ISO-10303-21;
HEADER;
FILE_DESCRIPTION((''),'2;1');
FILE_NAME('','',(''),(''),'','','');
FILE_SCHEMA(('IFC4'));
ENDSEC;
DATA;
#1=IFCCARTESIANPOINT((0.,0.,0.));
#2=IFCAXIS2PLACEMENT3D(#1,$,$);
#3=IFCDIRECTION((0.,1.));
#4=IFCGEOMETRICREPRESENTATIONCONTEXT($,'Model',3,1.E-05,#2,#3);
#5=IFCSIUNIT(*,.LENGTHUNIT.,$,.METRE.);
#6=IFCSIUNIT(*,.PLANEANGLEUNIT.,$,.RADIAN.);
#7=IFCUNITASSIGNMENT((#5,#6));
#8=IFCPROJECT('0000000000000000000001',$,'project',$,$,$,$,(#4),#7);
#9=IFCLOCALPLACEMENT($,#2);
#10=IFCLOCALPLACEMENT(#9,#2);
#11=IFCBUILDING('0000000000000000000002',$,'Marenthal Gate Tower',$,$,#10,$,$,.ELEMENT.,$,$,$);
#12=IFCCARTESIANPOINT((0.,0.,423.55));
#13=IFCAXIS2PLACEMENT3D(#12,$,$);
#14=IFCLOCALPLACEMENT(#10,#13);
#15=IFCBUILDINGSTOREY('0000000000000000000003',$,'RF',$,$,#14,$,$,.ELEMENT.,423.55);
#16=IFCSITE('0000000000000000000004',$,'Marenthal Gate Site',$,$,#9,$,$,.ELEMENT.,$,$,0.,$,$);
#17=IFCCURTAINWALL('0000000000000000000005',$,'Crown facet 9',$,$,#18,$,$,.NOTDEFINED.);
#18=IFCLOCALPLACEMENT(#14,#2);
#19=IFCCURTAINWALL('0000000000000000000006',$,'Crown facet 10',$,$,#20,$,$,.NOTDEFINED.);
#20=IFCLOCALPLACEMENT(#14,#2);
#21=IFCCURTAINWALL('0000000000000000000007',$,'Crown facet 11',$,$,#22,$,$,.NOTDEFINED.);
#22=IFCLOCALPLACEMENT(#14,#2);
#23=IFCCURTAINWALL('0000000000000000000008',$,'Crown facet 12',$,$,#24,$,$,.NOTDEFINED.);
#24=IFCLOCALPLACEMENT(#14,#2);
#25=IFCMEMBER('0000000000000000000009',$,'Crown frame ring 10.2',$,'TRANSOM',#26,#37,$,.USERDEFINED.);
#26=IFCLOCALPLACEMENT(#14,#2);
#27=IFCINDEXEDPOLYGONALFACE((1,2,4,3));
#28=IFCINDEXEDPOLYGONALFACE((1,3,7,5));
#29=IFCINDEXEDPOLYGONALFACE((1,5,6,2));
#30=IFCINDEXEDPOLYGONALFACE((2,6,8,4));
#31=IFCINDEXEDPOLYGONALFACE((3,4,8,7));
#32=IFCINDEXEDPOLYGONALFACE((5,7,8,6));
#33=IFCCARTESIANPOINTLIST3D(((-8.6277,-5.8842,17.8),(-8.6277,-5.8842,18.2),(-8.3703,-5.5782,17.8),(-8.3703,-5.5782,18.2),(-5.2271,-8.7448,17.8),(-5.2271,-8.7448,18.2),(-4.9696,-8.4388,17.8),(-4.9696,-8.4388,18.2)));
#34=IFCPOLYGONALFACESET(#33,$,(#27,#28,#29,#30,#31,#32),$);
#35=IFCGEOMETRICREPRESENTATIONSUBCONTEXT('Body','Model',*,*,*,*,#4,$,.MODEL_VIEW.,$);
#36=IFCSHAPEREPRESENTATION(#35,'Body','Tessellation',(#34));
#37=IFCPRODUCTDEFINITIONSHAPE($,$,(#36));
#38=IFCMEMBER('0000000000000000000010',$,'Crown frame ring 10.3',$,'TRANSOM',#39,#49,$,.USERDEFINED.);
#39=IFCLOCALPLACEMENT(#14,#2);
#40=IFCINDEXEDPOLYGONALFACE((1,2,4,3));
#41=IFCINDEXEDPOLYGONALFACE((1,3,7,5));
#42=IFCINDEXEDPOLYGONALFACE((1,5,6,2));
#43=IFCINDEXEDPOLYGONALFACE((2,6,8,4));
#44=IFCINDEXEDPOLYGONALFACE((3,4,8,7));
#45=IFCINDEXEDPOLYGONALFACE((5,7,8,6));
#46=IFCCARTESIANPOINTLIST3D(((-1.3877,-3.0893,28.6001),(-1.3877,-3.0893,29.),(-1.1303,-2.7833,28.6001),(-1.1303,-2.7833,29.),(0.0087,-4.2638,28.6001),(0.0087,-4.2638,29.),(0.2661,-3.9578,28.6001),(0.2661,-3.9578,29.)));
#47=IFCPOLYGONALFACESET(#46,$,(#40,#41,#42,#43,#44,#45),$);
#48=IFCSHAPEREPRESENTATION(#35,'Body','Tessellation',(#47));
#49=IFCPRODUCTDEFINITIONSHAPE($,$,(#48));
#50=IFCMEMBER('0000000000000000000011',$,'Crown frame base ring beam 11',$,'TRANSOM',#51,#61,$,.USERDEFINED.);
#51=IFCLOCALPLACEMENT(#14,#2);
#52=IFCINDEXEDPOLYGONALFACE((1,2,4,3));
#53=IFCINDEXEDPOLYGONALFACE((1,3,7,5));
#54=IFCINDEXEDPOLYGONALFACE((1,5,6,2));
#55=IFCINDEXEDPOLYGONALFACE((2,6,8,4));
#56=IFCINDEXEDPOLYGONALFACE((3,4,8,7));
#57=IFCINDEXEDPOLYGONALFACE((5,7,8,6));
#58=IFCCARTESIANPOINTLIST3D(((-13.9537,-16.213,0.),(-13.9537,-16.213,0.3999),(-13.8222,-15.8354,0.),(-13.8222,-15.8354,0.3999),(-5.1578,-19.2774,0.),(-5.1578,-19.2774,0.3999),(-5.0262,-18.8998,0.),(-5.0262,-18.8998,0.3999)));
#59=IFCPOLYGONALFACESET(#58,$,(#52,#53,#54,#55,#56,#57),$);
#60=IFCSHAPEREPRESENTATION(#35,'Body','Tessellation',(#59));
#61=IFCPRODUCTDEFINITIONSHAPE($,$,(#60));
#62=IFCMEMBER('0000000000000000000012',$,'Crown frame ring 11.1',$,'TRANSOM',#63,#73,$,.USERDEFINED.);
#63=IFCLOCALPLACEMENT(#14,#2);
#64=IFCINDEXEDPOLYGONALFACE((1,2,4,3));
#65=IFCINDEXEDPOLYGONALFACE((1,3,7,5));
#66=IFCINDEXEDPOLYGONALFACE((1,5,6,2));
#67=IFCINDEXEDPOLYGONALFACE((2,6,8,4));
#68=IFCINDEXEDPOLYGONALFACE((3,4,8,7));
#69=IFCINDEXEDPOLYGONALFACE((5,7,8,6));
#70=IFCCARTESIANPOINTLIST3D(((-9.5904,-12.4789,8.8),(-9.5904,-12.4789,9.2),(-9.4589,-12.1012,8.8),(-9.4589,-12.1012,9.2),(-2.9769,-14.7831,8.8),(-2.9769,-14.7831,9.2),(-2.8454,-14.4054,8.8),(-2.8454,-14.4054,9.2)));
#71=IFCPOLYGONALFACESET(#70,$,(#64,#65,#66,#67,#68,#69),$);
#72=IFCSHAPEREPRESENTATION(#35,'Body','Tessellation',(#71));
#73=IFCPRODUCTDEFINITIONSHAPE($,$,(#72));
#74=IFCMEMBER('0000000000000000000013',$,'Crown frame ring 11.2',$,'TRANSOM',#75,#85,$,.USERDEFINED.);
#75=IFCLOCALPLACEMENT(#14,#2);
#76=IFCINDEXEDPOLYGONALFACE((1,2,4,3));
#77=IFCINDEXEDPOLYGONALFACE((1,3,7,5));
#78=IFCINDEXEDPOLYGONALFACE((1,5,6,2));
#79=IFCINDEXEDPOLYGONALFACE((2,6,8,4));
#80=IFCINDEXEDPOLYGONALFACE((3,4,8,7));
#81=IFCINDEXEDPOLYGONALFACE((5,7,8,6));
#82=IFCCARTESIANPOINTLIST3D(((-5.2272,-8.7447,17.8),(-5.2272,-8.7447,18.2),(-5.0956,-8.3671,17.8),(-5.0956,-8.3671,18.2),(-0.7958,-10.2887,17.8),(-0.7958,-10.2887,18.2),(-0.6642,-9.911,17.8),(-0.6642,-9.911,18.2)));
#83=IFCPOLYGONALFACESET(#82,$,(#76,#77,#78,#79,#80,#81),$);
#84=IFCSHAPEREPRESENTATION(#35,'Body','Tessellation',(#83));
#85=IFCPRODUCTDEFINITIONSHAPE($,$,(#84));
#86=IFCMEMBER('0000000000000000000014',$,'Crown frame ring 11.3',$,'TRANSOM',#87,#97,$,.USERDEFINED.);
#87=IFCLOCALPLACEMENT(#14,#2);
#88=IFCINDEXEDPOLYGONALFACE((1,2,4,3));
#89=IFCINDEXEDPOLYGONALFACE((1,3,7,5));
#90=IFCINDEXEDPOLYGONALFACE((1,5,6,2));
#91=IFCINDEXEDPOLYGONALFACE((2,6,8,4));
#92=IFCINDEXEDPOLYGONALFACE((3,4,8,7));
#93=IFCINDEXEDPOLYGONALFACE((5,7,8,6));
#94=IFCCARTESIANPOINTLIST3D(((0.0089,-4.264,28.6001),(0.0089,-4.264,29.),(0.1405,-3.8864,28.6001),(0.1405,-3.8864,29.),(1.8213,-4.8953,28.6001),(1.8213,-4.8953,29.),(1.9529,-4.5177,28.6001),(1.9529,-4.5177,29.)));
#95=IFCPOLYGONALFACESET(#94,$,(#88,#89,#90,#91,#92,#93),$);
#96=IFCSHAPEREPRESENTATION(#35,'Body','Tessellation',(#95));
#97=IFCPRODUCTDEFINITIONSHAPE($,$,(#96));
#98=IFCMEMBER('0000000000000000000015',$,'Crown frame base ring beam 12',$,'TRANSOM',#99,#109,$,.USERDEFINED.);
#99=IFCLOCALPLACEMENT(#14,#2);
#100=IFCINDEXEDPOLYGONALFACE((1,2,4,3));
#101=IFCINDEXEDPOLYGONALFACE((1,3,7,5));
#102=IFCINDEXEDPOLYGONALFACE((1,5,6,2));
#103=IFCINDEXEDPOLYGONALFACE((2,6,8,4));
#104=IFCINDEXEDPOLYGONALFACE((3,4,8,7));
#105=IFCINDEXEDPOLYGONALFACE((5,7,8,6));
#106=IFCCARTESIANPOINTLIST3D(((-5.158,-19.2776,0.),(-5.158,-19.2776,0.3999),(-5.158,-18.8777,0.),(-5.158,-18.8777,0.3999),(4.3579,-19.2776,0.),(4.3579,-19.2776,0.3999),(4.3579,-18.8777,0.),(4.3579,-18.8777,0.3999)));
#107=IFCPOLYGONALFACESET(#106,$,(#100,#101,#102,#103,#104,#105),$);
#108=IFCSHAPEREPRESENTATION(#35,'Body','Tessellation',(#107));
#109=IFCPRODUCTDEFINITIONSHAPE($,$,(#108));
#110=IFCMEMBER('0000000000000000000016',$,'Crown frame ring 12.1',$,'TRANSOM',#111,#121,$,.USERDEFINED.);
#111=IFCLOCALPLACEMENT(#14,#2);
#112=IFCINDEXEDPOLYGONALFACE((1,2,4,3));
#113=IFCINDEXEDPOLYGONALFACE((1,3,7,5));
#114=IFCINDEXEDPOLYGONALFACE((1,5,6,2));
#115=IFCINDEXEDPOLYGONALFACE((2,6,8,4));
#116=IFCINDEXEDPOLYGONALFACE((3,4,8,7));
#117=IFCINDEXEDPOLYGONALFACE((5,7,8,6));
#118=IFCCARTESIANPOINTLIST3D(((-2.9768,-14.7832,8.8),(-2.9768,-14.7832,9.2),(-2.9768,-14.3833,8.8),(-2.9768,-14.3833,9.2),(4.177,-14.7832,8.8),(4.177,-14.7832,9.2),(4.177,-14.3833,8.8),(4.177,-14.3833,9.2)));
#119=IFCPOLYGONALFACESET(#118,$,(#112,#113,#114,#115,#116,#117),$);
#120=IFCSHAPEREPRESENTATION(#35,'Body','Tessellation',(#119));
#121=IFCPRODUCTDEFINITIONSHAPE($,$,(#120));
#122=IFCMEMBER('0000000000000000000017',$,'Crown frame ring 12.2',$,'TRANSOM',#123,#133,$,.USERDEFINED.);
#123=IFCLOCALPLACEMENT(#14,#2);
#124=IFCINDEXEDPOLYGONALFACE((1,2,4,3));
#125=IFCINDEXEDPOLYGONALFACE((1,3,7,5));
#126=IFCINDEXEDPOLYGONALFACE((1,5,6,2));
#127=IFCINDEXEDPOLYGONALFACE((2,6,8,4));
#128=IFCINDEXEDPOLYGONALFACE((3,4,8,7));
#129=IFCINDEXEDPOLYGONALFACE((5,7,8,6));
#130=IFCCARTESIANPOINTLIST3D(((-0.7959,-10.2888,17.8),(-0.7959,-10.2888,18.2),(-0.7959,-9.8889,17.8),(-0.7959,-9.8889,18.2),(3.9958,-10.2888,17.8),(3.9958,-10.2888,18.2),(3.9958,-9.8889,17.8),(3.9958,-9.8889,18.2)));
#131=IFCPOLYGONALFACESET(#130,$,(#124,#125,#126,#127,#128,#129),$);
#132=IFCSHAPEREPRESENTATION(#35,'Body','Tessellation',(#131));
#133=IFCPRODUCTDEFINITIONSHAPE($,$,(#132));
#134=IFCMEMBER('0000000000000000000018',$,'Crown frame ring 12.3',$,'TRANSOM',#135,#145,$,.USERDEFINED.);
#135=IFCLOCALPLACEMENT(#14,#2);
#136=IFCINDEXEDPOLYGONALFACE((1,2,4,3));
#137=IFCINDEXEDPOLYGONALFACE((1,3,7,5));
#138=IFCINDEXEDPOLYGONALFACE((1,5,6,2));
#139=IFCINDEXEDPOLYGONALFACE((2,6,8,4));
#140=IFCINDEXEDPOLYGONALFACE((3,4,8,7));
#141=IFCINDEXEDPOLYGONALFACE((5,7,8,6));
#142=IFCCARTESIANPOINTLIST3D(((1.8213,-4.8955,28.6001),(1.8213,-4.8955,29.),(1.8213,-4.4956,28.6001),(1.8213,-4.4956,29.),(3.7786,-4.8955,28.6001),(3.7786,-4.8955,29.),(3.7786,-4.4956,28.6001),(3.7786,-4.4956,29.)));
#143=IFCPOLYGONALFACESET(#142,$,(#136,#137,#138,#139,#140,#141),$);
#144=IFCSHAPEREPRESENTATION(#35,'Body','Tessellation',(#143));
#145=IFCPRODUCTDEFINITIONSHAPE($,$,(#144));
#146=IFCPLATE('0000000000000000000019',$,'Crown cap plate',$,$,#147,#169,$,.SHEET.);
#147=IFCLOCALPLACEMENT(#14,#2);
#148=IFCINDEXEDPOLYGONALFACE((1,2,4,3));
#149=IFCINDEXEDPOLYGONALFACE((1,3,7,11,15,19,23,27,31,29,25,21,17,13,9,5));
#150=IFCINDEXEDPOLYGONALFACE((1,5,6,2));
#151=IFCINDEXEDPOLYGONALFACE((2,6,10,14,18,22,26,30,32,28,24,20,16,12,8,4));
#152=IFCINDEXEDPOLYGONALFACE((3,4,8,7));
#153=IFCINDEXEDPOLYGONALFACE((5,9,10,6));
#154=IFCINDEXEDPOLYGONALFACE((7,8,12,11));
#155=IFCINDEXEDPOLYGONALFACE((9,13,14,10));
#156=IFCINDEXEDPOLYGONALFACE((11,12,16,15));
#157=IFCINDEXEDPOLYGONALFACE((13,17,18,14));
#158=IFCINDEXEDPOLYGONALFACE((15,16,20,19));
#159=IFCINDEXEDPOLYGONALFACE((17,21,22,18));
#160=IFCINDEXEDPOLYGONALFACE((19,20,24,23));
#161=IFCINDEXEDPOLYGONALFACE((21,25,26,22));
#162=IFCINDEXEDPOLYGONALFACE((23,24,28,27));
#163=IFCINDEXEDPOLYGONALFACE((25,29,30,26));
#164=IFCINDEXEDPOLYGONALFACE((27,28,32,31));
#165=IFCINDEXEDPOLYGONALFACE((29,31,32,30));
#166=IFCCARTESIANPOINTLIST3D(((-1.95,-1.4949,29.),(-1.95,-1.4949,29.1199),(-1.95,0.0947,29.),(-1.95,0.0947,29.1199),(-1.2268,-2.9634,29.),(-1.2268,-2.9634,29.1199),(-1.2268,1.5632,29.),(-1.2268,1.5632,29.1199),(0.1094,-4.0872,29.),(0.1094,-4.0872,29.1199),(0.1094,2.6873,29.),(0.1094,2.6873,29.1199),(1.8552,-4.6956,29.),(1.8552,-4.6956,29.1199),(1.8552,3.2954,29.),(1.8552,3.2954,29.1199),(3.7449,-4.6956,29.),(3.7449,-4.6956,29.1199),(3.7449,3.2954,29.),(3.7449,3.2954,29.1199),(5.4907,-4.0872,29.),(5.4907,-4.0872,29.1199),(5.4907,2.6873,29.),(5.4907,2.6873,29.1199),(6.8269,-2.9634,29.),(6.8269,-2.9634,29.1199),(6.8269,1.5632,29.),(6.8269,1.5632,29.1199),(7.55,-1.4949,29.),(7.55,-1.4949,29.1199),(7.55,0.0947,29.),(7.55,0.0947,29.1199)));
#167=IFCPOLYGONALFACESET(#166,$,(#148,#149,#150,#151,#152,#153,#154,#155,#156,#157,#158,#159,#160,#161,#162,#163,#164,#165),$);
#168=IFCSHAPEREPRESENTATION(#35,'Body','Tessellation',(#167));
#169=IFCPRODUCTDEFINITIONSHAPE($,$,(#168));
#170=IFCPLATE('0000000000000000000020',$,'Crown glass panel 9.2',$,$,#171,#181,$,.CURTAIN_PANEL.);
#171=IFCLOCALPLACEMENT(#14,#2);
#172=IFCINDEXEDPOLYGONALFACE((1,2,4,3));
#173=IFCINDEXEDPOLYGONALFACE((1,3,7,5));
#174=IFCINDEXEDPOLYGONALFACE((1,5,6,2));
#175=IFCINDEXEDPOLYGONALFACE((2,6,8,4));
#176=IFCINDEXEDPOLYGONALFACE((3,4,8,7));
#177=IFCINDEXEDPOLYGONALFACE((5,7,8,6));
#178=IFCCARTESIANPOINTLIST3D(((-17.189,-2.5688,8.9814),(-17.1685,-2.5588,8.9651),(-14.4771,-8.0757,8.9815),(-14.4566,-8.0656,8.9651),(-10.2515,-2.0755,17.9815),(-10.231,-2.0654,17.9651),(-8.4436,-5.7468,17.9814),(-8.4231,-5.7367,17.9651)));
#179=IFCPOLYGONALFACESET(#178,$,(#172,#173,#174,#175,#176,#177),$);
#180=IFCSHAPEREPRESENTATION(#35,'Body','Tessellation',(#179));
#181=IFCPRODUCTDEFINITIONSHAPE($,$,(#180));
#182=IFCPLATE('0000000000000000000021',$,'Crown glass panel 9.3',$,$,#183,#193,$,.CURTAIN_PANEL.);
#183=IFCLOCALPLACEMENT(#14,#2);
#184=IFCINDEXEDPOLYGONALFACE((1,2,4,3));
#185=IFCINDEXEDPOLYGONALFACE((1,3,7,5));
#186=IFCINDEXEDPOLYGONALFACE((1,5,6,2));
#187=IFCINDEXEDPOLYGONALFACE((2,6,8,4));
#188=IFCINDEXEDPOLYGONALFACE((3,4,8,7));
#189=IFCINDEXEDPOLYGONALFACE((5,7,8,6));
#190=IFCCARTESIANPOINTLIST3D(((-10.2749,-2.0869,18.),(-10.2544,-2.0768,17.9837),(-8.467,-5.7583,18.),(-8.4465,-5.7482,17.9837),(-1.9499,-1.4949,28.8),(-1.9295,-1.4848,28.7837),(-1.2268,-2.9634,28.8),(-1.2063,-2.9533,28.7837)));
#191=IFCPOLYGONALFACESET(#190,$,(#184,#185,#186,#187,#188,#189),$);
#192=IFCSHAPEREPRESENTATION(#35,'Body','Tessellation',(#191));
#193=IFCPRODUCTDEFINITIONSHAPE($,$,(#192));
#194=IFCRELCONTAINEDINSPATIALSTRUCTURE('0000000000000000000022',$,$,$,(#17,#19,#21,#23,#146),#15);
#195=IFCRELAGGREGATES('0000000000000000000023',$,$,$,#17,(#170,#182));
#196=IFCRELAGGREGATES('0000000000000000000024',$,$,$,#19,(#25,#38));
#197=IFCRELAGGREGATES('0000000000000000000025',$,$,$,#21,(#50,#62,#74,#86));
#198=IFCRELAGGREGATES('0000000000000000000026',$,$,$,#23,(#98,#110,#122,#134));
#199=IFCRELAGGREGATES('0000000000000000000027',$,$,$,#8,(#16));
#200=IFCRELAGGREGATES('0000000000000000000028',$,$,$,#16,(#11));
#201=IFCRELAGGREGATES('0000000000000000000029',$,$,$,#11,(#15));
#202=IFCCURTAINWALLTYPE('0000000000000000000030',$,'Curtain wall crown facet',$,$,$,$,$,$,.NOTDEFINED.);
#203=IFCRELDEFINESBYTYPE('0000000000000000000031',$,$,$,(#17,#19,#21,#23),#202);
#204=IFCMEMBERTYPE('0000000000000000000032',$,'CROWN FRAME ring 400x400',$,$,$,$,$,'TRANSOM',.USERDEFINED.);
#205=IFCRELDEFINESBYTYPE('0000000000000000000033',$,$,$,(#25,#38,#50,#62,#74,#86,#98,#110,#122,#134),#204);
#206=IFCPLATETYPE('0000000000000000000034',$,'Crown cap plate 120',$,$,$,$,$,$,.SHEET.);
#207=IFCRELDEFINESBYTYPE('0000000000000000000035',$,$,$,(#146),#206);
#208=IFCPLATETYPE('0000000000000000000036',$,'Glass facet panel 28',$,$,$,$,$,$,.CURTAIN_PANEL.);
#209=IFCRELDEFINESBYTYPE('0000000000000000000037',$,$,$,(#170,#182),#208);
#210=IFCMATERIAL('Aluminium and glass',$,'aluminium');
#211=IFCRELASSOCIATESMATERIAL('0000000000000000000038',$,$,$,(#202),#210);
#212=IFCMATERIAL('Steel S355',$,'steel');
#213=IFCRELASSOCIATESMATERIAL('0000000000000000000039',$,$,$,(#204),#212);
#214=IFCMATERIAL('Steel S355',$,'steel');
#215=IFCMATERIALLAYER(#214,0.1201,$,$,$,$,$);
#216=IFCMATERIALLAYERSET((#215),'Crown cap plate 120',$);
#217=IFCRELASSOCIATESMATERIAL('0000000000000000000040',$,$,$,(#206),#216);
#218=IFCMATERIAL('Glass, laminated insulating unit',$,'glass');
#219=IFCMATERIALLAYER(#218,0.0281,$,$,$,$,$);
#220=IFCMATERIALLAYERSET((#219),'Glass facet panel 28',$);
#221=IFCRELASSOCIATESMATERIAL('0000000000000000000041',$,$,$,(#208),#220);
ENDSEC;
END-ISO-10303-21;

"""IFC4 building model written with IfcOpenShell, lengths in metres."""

from ifc_helpers import new_model, si_unit, direction, frame, origin, origin_2d, place, context, subcontext, project, spatial, polyline, rectangle, outline, extrude, material, layer, layer_set, material_profile, profile_set, type_object, element, aggregate, save


model = new_model("IFC4")

# Units and contexts
model_context = context("Model", 3, precision=1e-05, world=origin(), true_north=direction((0.0, 1.0)))
body_context = subcontext(model_context, "Body", "Model", "MODEL_VIEW")
ifc_project = project(units=[si_unit("LENGTHUNIT", "METRE"), si_unit("PLANEANGLEUNIT", "RADIAN")], contexts=[model_context])

# Site, building, storey
site_placement = place(None, origin())
site = spatial("IfcSite", under=ifc_project, at=site_placement, Name="Marenthal Gate Site", CompositionType="ELEMENT", RefElevation=0.0)
building_placement = place(site_placement, origin())
building = spatial("IfcBuilding", under=site, at=building_placement, Name="Marenthal Gate Tower", CompositionType="ELEMENT")
storey_placement = place(building_placement, frame((0.0, 0.0, 423.55)))
storey = spatial("IfcBuildingStorey", under=building, at=storey_placement, Name="RF", CompositionType="ELEMENT", Elevation=423.55)

# Curtain walls
ifc_material_1 = material(Name="Aluminium and glass", Category="aluminium")
curtain_wall_type = type_object("IfcCurtainWallType", Name="Curtain wall crown facet", PredefinedType="NOTDEFINED", material=ifc_material_1)
curtain_wall_1_placement = place(storey_placement, origin())
curtain_wall_1 = element("IfcCurtainWall", 1, at=curtain_wall_1_placement, inside=storey, type_object=curtain_wall_type, Name="Crown facet 9", PredefinedType="NOTDEFINED")
curtain_wall_2_placement = place(storey_placement, origin())
curtain_wall_2 = element("IfcCurtainWall", 2, at=curtain_wall_2_placement, inside=storey, type_object=curtain_wall_type, Name="Crown facet 10", PredefinedType="NOTDEFINED")
curtain_wall_3_placement = place(storey_placement, origin())
curtain_wall_3 = element("IfcCurtainWall", 3, at=curtain_wall_3_placement, inside=storey, type_object=curtain_wall_type, Name="Crown facet 11", PredefinedType="NOTDEFINED")
curtain_wall_4_placement = place(storey_placement, origin())
curtain_wall_4 = element("IfcCurtainWall", 4, at=curtain_wall_4_placement, inside=storey, type_object=curtain_wall_type, Name="Crown facet 12", PredefinedType="NOTDEFINED")

# Members
ifc_material_2 = material(Name="Steel S355", Category="steel")
ifc_material_profile_1 = material_profile(ifc_material_2, rectangle(XDim=0.3999, YDim=0.3999, at=origin_2d()), Name="Crown frame ring 400x400")
ifc_profile_set_1 = profile_set([ifc_material_profile_1], Name="Steel S355")
member_type_1 = type_object("IfcMemberType", Name="CROWN FRAME ring 400x400", ElementType="TRANSOM", PredefinedType="USERDEFINED", material=ifc_profile_set_1)
member_1_placement = place(storey_placement, frame((-8.499, -5.7312, 18.0), z_axis=(0.765254, -0.643728, 0.0), x_axis=(0.643728, 0.765254, 0.0)))
member_1 = element("IfcMember", 5, at=member_1_placement, type_object=member_type_1, Name="Crown frame ring 10.2", ObjectType="TRANSOM", PredefinedType="USERDEFINED", context=body_context, shape_type="SweptSolid", body=[
    extrude(rectangle(XDim=0.3999, YDim=0.3999, at=origin_2d()), origin(), (0.0, 0.0, 1.0), 4.4438),
])
member_2_placement = place(storey_placement, frame((-1.259, -2.9363, 28.8), z_axis=(0.765296, -0.643678, 0.0), x_axis=(0.643678, 0.765296, 0.0)))
member_2 = element("IfcMember", 6, at=member_2_placement, type_object=member_type_1, Name="Crown frame ring 10.3", ObjectType="TRANSOM", PredefinedType="USERDEFINED", context=body_context, shape_type="SweptSolid", body=[
    extrude(rectangle(XDim=0.3999, YDim=0.3999, at=origin_2d()), origin(), (0.0, 0.0, 1.0), 1.8247),
])
member_3_placement = place(storey_placement, frame((-13.8879, -16.0242, 0.2), z_axis=(0.94433, -0.329, 0.0), x_axis=(0.329, 0.94433, 0.0)))
member_3 = element("IfcMember", 7, at=member_3_placement, type_object=member_type_1, Name="Crown frame base ring beam 11", ObjectType="TRANSOM", PredefinedType="USERDEFINED", context=body_context, shape_type="SweptSolid", body=[
    extrude(rectangle(XDim=0.3999, YDim=0.3999, at=origin_2d()), origin(), (0.0, 0.0, 1.0), 9.3145),
])
member_4_placement = place(storey_placement, frame((-9.5247, -12.29, 9.0), z_axis=(0.944326, -0.32901, 0.0), x_axis=(0.32901, 0.944326, 0.0)))
member_4 = element("IfcMember", 8, at=member_4_placement, type_object=member_type_1, Name="Crown frame ring 11.1", ObjectType="TRANSOM", PredefinedType="USERDEFINED", context=body_context, shape_type="SweptSolid", body=[
    extrude(rectangle(XDim=0.3999, YDim=0.3999, at=origin_2d()), origin(), (0.0, 0.0, 1.0), 7.0034),
])
member_5_placement = place(storey_placement, frame((-5.1614, -8.5559, 18.0), z_axis=(0.944325, -0.329013, 0.0), x_axis=(0.329013, 0.944325, 0.0)))
member_5 = element("IfcMember", 9, at=member_5_placement, type_object=member_type_1, Name="Crown frame ring 11.2", ObjectType="TRANSOM", PredefinedType="USERDEFINED", context=body_context, shape_type="SweptSolid", body=[
    extrude(rectangle(XDim=0.3999, YDim=0.3999, at=origin_2d()), origin(), (0.0, 0.0, 1.0), 4.6926),
])
member_6_placement = place(storey_placement, frame((0.0747, -4.0752, 28.8), z_axis=(0.944349, -0.328945, 0.0), x_axis=(0.328945, 0.944349, 0.0)))
member_6 = element("IfcMember", 10, at=member_6_placement, type_object=member_type_1, Name="Crown frame ring 11.3", ObjectType="TRANSOM", PredefinedType="USERDEFINED", context=body_context, shape_type="SweptSolid", body=[
    extrude(rectangle(XDim=0.3999, YDim=0.3999, at=origin_2d()), origin(), (0.0, 0.0, 1.0), 1.9192),
])
member_7_placement = place(storey_placement, frame((-5.158, -19.0776, 0.2), z_axis=(1.0, 0.0, 0.0), x_axis=(0.0, 1.0, 0.0)))
member_7 = element("IfcMember", 11, at=member_7_placement, type_object=member_type_1, Name="Crown frame base ring beam 12", ObjectType="TRANSOM", PredefinedType="USERDEFINED", context=body_context, shape_type="SweptSolid", body=[
    extrude(rectangle(XDim=0.3999, YDim=0.3999, at=origin_2d()), origin(), (0.0, 0.0, 1.0), 9.5159),
])
member_8_placement = place(storey_placement, frame((-2.9768, -14.5833, 9.0), z_axis=(1.0, 0.0, 0.0), x_axis=(0.0, 1.0, 0.0)))
member_8 = element("IfcMember", 12, at=member_8_placement, type_object=member_type_1, Name="Crown frame ring 12.1", ObjectType="TRANSOM", PredefinedType="USERDEFINED", context=body_context, shape_type="SweptSolid", body=[
    extrude(rectangle(XDim=0.3999, YDim=0.3999, at=origin_2d()), origin(), (0.0, 0.0, 1.0), 7.1538),
])
member_9_placement = place(storey_placement, frame((-0.7959, -10.0889, 18.0), z_axis=(1.0, 0.0, 0.0), x_axis=(0.0, 1.0, 0.0)))
member_9 = element("IfcMember", 13, at=member_9_placement, type_object=member_type_1, Name="Crown frame ring 12.2", ObjectType="TRANSOM", PredefinedType="USERDEFINED", context=body_context, shape_type="SweptSolid", body=[
    extrude(rectangle(XDim=0.3999, YDim=0.3999, at=origin_2d()), origin(), (0.0, 0.0, 1.0), 4.7917),
])
member_10_placement = place(storey_placement, frame((1.8213, -4.6956, 28.8), z_axis=(1.0, 0.0, 0.0), x_axis=(0.0, 1.0, 0.0)))
member_10 = element("IfcMember", 14, at=member_10_placement, type_object=member_type_1, Name="Crown frame ring 12.3", ObjectType="TRANSOM", PredefinedType="USERDEFINED", context=body_context, shape_type="SweptSolid", body=[
    extrude(rectangle(XDim=0.3999, YDim=0.3999, at=origin_2d()), origin(), (0.0, 0.0, 1.0), 1.9573),
])

# Plates
ifc_material_3 = material(Name="Steel S355", Category="steel")
ifc_layer_1 = layer(ifc_material_3, 0.1201)
ifc_layer_set_1 = layer_set([ifc_layer_1], Name="Crown cap plate 120")
plate_type_1 = type_object("IfcPlateType", Name="Crown cap plate 120", PredefinedType="SHEET", material=ifc_layer_set_1)
plate_1_placement = place(storey_placement, frame((0.0, 0.0, 29.0)))
element("IfcPlate", 15, at=plate_1_placement, inside=storey, type_object=plate_type_1, Name="Crown cap plate", PredefinedType="SHEET", context=body_context, shape_type="SweptSolid", body=[
    extrude(outline(polyline([(7.55, 0.0947), (6.8269, 1.5632), (5.4907, 2.6873), (3.7449, 3.2954), (1.8552, 3.2954), (0.1094, 2.6873), (-1.2268, 1.5632), (-1.95, 0.0947), (-1.95, -1.4949), (-1.2268, -2.9634), (0.1094, -4.0872), (1.8552, -4.6956), (3.7449, -4.6956), (5.4907, -4.0872), (6.8269, -2.9634), (7.55, -1.4949), (7.55, 0.0947)])), origin(), (0.0, 0.0, 1.0), 0.1199),
])
ifc_material_4 = material(Name="Glass, laminated insulating unit", Category="glass")
ifc_layer_2 = layer(ifc_material_4, 0.0281)
ifc_layer_set_2 = layer_set([ifc_layer_2], Name="Glass facet panel 28")
plate_type_2 = type_object("IfcPlateType", Name="Glass facet panel 28", PredefinedType="CURTAIN_PANEL", material=ifc_layer_set_2)
plate_2_placement = place(storey_placement, frame((-17.189, -2.5688, 8.9814), z_axis=(-0.729515, -0.359247, 0.582022), x_axis=(0.441788, -0.89712, 0.000007)))
plate_2 = element("IfcPlate", 16, at=plate_2_placement, type_object=plate_type_2, Name="Crown glass panel 9.2", PredefinedType="CURTAIN_PANEL", context=body_context, shape_type="SweptSolid", body=[
    extrude(outline(polyline([(0.0, 0.0), (6.1384, 0.0), (6.7147, 11.0677), (2.6223, 11.0678), (0.0, 0.0)])), origin(), (0.0, 0.0, -1.0), 0.0281),
])
plate_3_placement = place(storey_placement, frame((-10.2749, -2.0869, 18.0), z_axis=(-0.729519, -0.359233, 0.582026), x_axis=(0.441767, -0.89713, -0.000002)))
plate_3 = element("IfcPlate", 17, at=plate_3_placement, type_object=plate_type_2, Name="Crown glass panel 9.3", PredefinedType="CURTAIN_PANEL", context=body_context, shape_type="SweptSolid", body=[
    extrude(outline(polyline([(0.0, 0.0), (4.0924, 0.0), (4.7834, 13.2814), (3.1465, 13.2814), (0.0, 0.0)])), origin(), (0.0, 0.0, -1.0), 0.0281),
])
aggregate(curtain_wall_1, [plate_2, plate_3])
aggregate(curtain_wall_2, [member_1, member_2])
aggregate(curtain_wall_3, [member_3, member_4, member_5, member_6])
aggregate(curtain_wall_4, [member_7, member_8, member_9, member_10])

save(model, "model.ifc")
